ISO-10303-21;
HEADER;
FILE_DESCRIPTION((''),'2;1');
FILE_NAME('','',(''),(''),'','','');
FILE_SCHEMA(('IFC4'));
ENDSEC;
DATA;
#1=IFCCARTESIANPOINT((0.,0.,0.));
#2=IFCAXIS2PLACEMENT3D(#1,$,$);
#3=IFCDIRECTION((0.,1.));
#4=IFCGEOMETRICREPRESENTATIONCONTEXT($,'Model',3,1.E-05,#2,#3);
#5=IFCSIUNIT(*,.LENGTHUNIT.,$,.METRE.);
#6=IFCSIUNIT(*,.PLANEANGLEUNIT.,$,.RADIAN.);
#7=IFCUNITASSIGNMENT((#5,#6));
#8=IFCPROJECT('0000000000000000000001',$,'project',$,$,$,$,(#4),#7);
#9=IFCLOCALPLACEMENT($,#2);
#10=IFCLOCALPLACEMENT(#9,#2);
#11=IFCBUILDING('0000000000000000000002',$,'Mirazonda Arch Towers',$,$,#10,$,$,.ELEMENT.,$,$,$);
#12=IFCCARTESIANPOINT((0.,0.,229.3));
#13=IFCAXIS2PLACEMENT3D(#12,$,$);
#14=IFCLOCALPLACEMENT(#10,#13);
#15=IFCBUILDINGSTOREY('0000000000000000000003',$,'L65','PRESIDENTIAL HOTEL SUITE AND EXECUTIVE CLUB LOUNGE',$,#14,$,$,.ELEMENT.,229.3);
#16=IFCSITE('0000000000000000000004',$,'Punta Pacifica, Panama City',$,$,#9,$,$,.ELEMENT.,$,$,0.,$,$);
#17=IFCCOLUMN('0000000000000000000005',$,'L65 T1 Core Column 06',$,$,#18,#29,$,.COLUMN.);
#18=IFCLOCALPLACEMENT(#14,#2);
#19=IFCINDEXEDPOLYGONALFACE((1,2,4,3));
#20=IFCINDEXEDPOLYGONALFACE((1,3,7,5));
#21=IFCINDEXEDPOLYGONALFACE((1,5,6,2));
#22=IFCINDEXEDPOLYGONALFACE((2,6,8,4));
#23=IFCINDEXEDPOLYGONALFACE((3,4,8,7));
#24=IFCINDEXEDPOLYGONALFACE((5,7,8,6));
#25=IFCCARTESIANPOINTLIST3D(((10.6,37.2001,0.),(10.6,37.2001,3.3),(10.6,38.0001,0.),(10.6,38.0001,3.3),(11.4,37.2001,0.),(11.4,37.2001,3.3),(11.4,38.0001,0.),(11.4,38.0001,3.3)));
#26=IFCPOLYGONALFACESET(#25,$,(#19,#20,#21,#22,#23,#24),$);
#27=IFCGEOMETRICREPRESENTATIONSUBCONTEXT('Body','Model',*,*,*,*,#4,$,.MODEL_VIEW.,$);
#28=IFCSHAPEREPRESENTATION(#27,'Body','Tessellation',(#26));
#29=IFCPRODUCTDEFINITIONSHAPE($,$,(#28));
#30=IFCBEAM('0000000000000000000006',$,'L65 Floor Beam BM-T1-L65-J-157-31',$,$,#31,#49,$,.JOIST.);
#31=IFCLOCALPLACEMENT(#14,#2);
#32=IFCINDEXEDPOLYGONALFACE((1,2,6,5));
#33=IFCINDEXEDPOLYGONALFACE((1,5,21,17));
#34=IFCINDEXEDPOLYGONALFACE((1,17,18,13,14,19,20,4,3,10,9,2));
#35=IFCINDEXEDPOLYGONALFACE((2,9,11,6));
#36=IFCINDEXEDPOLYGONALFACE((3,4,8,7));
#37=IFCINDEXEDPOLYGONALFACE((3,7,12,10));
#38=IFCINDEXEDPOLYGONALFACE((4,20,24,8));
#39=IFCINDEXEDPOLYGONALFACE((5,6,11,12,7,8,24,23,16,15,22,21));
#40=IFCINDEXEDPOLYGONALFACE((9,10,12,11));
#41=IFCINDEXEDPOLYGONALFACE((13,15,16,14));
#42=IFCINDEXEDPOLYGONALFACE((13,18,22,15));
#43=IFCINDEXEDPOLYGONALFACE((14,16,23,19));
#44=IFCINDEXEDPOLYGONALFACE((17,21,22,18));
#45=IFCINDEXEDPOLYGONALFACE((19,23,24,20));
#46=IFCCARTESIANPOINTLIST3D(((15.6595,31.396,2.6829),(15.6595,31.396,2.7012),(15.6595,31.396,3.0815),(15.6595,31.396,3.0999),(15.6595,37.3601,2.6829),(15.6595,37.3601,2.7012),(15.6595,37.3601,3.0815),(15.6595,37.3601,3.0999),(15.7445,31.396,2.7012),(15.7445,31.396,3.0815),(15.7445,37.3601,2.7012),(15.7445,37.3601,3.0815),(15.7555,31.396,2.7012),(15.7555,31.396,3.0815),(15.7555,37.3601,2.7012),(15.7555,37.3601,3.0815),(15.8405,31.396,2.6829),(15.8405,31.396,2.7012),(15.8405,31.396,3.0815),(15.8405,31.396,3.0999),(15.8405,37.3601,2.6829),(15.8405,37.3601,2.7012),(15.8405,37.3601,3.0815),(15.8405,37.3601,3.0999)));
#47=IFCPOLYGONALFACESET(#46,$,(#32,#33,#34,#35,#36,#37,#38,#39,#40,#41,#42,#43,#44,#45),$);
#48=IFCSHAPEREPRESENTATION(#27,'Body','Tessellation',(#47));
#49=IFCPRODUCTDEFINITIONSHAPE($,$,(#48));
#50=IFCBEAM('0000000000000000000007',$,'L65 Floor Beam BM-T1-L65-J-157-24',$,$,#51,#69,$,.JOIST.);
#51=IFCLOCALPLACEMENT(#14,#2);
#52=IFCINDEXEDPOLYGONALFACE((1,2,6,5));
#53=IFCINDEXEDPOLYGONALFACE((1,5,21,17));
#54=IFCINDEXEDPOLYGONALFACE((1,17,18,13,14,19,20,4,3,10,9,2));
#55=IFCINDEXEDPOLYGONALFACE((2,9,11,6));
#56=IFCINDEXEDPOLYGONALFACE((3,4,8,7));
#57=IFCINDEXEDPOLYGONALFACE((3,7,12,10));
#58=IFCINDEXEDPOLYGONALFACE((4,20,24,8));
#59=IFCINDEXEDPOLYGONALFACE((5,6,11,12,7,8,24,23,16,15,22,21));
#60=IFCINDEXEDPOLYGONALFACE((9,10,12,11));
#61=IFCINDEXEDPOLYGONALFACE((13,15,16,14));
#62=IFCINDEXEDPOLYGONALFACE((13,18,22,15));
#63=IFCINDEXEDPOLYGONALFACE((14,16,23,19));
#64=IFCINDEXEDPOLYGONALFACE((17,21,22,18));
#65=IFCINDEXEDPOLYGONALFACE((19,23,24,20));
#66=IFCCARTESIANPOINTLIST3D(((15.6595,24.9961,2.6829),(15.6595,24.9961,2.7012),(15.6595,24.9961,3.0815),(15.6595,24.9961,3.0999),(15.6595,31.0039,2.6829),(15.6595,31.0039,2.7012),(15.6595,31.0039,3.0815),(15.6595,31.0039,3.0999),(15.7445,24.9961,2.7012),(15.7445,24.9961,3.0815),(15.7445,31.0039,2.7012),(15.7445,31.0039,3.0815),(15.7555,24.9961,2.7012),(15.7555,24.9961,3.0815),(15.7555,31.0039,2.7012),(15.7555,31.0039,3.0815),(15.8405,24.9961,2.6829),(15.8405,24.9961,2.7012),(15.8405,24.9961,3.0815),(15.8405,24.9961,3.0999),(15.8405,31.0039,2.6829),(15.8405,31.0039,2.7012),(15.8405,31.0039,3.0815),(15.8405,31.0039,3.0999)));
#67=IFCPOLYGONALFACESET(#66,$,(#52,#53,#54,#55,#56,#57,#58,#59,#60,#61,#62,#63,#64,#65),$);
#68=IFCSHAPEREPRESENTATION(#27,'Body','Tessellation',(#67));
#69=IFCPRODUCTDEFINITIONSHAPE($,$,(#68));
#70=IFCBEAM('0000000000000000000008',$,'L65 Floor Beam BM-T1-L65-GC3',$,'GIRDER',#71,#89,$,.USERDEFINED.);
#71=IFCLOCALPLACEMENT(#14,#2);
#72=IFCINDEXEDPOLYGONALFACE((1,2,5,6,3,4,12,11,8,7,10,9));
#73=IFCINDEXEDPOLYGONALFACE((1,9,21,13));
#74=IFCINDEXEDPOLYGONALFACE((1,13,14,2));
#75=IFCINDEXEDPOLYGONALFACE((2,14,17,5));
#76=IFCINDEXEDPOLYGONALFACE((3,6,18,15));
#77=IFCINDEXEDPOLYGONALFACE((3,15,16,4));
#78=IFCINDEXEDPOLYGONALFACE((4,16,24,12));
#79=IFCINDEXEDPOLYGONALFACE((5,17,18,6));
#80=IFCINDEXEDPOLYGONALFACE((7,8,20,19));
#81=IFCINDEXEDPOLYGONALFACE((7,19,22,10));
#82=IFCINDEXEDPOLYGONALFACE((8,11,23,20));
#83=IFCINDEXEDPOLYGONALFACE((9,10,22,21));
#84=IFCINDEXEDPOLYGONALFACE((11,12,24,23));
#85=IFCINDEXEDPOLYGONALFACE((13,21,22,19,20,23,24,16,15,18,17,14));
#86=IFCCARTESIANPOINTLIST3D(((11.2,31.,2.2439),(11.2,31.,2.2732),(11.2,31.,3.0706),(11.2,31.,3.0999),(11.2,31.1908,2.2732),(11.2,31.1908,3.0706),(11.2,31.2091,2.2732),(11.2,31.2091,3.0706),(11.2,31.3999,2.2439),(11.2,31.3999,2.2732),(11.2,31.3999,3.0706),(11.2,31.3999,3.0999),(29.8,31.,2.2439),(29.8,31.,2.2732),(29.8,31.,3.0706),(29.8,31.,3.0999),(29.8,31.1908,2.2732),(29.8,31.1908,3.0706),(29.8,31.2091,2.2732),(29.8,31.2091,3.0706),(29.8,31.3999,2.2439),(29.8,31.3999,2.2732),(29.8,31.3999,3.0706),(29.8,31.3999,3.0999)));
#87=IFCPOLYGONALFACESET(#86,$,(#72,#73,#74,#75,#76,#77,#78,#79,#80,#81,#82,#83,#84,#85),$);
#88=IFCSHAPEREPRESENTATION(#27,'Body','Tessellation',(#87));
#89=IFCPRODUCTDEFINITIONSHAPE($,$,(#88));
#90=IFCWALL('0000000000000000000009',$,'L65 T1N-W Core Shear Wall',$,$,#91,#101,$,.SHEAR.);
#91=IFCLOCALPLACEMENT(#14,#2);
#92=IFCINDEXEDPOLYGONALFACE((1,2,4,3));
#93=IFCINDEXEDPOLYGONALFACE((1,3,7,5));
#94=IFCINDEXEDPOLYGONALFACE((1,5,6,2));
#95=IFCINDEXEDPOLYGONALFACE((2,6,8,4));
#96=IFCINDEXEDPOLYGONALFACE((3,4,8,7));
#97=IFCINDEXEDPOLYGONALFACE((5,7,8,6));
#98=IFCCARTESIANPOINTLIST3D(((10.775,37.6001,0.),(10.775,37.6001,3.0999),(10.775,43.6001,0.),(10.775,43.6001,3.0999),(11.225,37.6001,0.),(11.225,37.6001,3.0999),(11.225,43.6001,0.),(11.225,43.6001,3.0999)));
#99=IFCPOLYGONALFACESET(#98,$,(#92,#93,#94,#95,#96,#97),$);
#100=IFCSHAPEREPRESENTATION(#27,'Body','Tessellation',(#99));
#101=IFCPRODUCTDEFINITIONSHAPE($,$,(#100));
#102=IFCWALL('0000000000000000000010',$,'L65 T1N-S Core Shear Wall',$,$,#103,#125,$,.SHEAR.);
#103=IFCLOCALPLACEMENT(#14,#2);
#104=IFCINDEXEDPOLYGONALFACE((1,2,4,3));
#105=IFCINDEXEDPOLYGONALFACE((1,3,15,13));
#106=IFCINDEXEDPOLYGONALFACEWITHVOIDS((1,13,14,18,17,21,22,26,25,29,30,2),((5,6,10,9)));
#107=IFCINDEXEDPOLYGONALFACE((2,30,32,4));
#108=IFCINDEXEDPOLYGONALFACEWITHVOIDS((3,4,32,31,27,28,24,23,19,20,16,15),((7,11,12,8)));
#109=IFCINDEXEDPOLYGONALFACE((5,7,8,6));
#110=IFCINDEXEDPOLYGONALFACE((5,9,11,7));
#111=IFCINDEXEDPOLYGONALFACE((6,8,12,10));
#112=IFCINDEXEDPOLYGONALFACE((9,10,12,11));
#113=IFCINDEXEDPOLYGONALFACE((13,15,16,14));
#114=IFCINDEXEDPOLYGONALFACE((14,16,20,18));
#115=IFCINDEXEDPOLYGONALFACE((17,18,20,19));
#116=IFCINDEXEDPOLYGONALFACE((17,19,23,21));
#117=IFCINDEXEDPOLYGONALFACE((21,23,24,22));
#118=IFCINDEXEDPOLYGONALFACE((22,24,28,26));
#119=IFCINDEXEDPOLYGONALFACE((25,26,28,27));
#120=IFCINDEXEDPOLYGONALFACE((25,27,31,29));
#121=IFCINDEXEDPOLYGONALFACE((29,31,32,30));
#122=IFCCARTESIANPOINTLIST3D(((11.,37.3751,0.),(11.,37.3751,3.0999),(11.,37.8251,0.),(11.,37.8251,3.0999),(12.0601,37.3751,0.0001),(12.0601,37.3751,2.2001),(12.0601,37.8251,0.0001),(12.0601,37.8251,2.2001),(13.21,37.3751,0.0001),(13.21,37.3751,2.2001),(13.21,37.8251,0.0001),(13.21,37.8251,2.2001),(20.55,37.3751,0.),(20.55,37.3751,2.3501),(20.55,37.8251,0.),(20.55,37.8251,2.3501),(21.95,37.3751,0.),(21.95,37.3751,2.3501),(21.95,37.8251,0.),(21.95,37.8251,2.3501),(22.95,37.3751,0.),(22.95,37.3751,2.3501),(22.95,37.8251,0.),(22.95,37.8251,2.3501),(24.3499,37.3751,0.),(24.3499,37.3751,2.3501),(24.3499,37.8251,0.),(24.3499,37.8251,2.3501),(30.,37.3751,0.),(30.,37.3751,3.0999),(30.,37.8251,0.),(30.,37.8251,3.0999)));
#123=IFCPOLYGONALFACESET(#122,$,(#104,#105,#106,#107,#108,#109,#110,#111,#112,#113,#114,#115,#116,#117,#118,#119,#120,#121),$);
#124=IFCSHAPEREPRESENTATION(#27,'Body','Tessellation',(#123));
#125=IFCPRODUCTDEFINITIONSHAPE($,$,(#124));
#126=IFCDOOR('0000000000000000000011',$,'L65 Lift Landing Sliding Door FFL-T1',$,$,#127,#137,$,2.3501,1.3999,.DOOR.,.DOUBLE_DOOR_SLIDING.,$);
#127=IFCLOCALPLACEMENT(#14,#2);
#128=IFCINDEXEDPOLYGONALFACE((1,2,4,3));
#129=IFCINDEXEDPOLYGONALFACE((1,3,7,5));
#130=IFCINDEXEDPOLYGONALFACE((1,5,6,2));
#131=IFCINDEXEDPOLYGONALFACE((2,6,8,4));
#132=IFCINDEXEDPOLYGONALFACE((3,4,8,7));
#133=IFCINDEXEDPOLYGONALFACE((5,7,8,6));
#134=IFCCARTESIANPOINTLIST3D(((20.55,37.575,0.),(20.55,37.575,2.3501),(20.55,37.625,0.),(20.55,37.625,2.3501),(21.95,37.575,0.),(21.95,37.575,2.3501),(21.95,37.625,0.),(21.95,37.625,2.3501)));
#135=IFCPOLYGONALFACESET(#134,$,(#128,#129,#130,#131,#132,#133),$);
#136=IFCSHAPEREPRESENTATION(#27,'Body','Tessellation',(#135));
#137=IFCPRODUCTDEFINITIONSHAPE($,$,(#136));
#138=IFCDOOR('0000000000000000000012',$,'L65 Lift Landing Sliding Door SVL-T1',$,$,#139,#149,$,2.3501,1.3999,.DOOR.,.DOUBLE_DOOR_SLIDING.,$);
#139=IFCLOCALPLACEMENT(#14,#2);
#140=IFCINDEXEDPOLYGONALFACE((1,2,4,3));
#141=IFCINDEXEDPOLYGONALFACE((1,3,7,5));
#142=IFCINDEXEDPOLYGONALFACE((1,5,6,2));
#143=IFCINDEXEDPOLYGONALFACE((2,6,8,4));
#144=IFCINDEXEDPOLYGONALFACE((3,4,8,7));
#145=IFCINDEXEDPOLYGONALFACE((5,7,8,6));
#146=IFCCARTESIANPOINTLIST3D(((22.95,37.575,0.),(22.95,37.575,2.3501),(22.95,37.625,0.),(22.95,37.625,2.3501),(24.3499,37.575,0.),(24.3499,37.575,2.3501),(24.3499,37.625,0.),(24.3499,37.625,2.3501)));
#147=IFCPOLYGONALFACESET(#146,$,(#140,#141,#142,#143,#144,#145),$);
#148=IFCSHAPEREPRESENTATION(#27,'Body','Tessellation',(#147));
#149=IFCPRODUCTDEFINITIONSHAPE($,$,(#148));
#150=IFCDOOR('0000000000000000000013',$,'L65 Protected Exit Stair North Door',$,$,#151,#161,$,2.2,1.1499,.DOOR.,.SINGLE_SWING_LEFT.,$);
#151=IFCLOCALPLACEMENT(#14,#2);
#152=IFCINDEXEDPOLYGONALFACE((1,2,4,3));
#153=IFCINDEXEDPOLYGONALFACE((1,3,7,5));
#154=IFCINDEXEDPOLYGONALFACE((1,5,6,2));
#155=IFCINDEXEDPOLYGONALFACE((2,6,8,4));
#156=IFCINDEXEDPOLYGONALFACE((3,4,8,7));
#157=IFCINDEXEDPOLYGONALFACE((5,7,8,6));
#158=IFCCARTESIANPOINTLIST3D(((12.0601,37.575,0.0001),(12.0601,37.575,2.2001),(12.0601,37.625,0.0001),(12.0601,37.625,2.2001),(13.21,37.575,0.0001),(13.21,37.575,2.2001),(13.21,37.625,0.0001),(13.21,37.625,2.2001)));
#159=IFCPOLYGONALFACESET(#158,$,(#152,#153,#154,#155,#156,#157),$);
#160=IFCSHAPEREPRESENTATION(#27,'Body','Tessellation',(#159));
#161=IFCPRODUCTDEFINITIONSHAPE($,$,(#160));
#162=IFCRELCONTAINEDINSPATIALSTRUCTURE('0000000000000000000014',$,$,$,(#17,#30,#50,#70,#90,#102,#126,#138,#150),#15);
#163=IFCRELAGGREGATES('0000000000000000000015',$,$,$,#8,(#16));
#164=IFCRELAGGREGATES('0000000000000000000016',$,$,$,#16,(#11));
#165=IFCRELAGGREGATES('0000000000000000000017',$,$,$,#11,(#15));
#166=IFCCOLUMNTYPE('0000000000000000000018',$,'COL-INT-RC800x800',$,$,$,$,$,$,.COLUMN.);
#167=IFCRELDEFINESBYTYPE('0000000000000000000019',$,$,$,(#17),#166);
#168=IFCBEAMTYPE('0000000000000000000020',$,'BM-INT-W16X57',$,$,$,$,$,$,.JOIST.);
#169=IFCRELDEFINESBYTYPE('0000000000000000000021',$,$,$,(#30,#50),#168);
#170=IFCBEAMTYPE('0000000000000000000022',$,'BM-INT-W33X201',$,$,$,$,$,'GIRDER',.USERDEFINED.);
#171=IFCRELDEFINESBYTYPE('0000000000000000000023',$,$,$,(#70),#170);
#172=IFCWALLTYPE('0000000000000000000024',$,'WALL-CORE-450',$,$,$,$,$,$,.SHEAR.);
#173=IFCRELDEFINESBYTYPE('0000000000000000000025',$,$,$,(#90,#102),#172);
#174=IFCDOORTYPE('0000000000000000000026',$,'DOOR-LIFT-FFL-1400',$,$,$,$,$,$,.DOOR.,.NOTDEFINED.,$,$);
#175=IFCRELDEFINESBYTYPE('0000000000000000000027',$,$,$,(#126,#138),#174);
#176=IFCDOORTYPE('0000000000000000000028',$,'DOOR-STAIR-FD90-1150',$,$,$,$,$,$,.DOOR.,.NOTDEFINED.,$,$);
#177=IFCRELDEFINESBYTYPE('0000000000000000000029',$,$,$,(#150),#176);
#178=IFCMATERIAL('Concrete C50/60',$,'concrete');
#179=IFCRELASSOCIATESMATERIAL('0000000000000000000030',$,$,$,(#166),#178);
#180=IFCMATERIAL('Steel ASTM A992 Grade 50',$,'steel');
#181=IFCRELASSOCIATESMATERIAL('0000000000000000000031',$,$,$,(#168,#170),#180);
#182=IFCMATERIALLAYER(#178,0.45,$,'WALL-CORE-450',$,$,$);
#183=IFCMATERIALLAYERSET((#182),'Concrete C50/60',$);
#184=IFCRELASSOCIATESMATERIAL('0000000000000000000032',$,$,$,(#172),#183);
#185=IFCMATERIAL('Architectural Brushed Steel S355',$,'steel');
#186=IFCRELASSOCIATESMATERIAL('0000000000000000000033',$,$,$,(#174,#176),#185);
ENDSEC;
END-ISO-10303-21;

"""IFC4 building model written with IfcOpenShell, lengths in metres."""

from ifc_helpers import new_model, si_unit, direction, frame, frame_2d, origin, origin_2d, place, context, subcontext, project, spatial, rectangle, i_section, extrude, material, layer, layer_set, material_profile, profile_set, type_object, element, fill, save


model = new_model("IFC4")

# Units and contexts
model_context = context("Model", 3, precision=1e-05, world=origin(), true_north=direction((0.0, 1.0)))
body_context = subcontext(model_context, "Body", "Model", "MODEL_VIEW")
ifc_project = project(units=[si_unit("LENGTHUNIT", "METRE"), si_unit("PLANEANGLEUNIT", "RADIAN")], contexts=[model_context])

# Site, building, storey
site_placement = place(None, origin())
site = spatial("IfcSite", under=ifc_project, at=site_placement, Name="Punta Pacifica, Panama City", CompositionType="ELEMENT", RefElevation=0.0)
building_placement = place(site_placement, origin())
building = spatial("IfcBuilding", under=site, at=building_placement, Name="Mirazonda Arch Towers", CompositionType="ELEMENT")
storey_placement = place(building_placement, frame((0.0, 0.0, 229.3)))
storey = spatial("IfcBuildingStorey", under=building, at=storey_placement, Name="L65", Description="PRESIDENTIAL HOTEL SUITE AND EXECUTIVE CLUB LOUNGE", CompositionType="ELEMENT", Elevation=229.3)

# Column
ifc_material_1 = material(Name="Concrete C50/60", Category="concrete")
ifc_material_profile_1 = material_profile(ifc_material_1, rectangle(XDim=0.8, YDim=0.8, at=origin_2d()), Name="RC800x800")
ifc_profile_set_1 = profile_set([ifc_material_profile_1], Name="Concrete C50/60")
column_type = type_object("IfcColumnType", Name="COL-INT-RC800x800", PredefinedType="COLUMN", material=ifc_profile_set_1)
column_placement = place(storey_placement, frame((11.0, 37.6001, 0.0), z_axis=(0.0, 0.0, 1.0), x_axis=(1.0, 0.0, 0.0)))
element("IfcColumn", 1, at=column_placement, inside=storey, type_object=column_type, Name="L65 T1 Core Column 06", PredefinedType="COLUMN", context=body_context, shape_type="SweptSolid", body=[
    extrude(rectangle(XDim=0.8, YDim=0.8, at=origin_2d()), origin(), (0.0, 0.0, 1.0), 3.3),
])

# Beams
ifc_material_2 = material(Name="Steel ASTM A992 Grade 50", Category="steel")
ifc_material_profile_2 = material_profile(ifc_material_2, i_section(OverallWidth=0.1809, OverallDepth=0.417, WebThickness=0.011, FlangeThickness=0.0183, at=origin_2d()), Name="W16X57")
ifc_profile_set_2 = profile_set([ifc_material_profile_2], Name="Steel ASTM A992 Grade 50")
beam_type_1 = type_object("IfcBeamType", Name="BM-INT-W16X57", PredefinedType="JOIST", material=ifc_profile_set_2)
beam_1_placement = place(storey_placement, frame((15.75, 31.396, 2.8914), z_axis=(0.0, 1.0, 0.0), x_axis=(-1.0, 0.0, 0.0)))
element("IfcBeam", 2, at=beam_1_placement, inside=storey, type_object=beam_type_1, Name="L65 Floor Beam BM-T1-L65-J-157-31", PredefinedType="JOIST", context=body_context, shape_type="SweptSolid", body=[
    extrude(i_section(OverallWidth=0.1809, OverallDepth=0.417, WebThickness=0.011, FlangeThickness=0.0183, at=origin_2d()), origin(), (0.0, 0.0, 1.0), 5.9641),
])
beam_2_placement = place(storey_placement, frame((15.75, 24.9961, 2.8914), z_axis=(0.0, 1.0, 0.0), x_axis=(-1.0, 0.0, 0.0)))
element("IfcBeam", 3, at=beam_2_placement, inside=storey, type_object=beam_type_1, Name="L65 Floor Beam BM-T1-L65-J-157-24", PredefinedType="JOIST", context=body_context, shape_type="SweptSolid", body=[
    extrude(i_section(OverallWidth=0.1809, OverallDepth=0.417, WebThickness=0.011, FlangeThickness=0.0183, at=origin_2d()), origin(), (0.0, 0.0, 1.0), 6.0078),
])
ifc_material_profile_3 = material_profile(ifc_material_2, i_section(OverallWidth=0.3999, OverallDepth=0.856, WebThickness=0.0183, FlangeThickness=0.0293, at=origin_2d()), Name="W33X201")
ifc_profile_set_3 = profile_set([ifc_material_profile_3], Name="Steel ASTM A992 Grade 50")
beam_type_2 = type_object("IfcBeamType", Name="BM-INT-W33X201", ElementType="GIRDER", PredefinedType="USERDEFINED", material=ifc_profile_set_3)
beam_3_placement = place(storey_placement, frame((11.2, 31.2, 2.6719), z_axis=(1.0, 0.0, 0.0), x_axis=(0.0, 1.0, 0.0)))
element("IfcBeam", 4, at=beam_3_placement, inside=storey, type_object=beam_type_2, Name="L65 Floor Beam BM-T1-L65-GC3", ObjectType="GIRDER", PredefinedType="USERDEFINED", context=body_context, shape_type="SweptSolid", body=[
    extrude(i_section(OverallWidth=0.3999, OverallDepth=0.856, WebThickness=0.0183, FlangeThickness=0.0293, at=origin_2d()), origin(), (0.0, 0.0, 1.0), 18.6001),
])

# Wall
ifc_layer_1 = layer(ifc_material_1, 0.45, Name="WALL-CORE-450")
ifc_layer_set_1 = layer_set([ifc_layer_1], Name="Concrete C50/60")
wall_type_1 = type_object("IfcWallType", Name="WALL-CORE-450", PredefinedType="SHEAR", material=ifc_layer_set_1)
wall_1_placement = place(storey_placement, frame((11.0, 37.6001, 0.0), z_axis=(0.0, 0.0, 1.0), x_axis=(0.0, 1.0, 0.0)))
element("IfcWall", 5, at=wall_1_placement, inside=storey, type_object=wall_type_1, Name="L65 T1N-W Core Shear Wall", PredefinedType="SHEAR", context=body_context, shape_type="SweptSolid", body=[
    extrude(rectangle(XDim=6.0, YDim=0.45, at=frame_2d((3.0, 0.0))), origin(), (0.0, 0.0, 1.0), 3.0999),
])

# Wall, openings, doors
wall_2_placement = place(storey_placement, frame((11.0, 37.6001, 0.0), z_axis=(0.0, 0.0, 1.0), x_axis=(1.0, 0.0, 0.0)))
wall_2 = element("IfcWall", 6, at=wall_2_placement, inside=storey, type_object=wall_type_1, Name="L65 T1N-S Core Shear Wall", PredefinedType="SHEAR", context=body_context, shape_type="SweptSolid", body=[
    extrude(rectangle(XDim=19.0, YDim=0.45, at=frame_2d((9.5, 0.0))), origin(), (0.0, 0.0, 1.0), 3.0999),
])
opening_1_placement = place(wall_2_placement, frame((1.0601, 0.0, 0.0)))
opening_1 = element("IfcOpeningElement", 7, at=opening_1_placement, cuts=wall_2, PredefinedType="OPENING", context=body_context, shape_type="SweptSolid", body=[
    extrude(rectangle(XDim=1.1499, YDim=2.2, at=frame_2d((0.575, 1.1001))), frame((0.0, 0.2349, 0.0), z_axis=(0.0, -1.0, 0.0), x_axis=(1.0, 0.0, 0.0)), (0.0, 0.0, 1.0), 0.47),
])
opening_2_placement = place(wall_2_placement, frame((9.55, 0.0, 0.0)))
opening_2 = element("IfcOpeningElement", 8, at=opening_2_placement, cuts=wall_2, PredefinedType="OPENING", context=body_context, shape_type="SweptSolid", body=[
    extrude(rectangle(XDim=1.3999, YDim=2.3501, at=frame_2d((0.7, 1.175))), frame((0.0, 0.2349, 0.0), z_axis=(0.0, -1.0, 0.0), x_axis=(1.0, 0.0, 0.0)), (0.0, 0.0, 1.0), 0.47),
])
opening_3_placement = place(wall_2_placement, frame((11.95, 0.0, 0.0)))
opening_3 = element("IfcOpeningElement", 9, at=opening_3_placement, cuts=wall_2, PredefinedType="OPENING", context=body_context, shape_type="SweptSolid", body=[
    extrude(rectangle(XDim=1.3999, YDim=2.3501, at=frame_2d((0.7, 1.175))), frame((0.0, 0.2349, 0.0), z_axis=(0.0, -1.0, 0.0), x_axis=(1.0, 0.0, 0.0)), (0.0, 0.0, 1.0), 0.47),
])
ifc_material_3 = material(Name="Architectural Brushed Steel S355", Category="steel")
door_type_1 = type_object("IfcDoorType", Name="DOOR-LIFT-FFL-1400", OperationType="NOTDEFINED", PredefinedType="DOOR", material=ifc_material_3)
door_1_placement = place(opening_2_placement, origin())
door_1 = element("IfcDoor", 10, at=door_1_placement, inside=storey, type_object=door_type_1, Name="L65 Lift Landing Sliding Door FFL-T1", OperationType="DOUBLE_DOOR_SLIDING", OverallHeight=2.3501, OverallWidth=1.3999, PredefinedType="DOOR", context=body_context, shape_type="SweptSolid", body=[
    extrude(rectangle(XDim=1.3999, YDim=2.3501, at=frame_2d((0.7, 1.175))), frame((0.0, 0.0249, 0.0), z_axis=(0.0, -1.0, 0.0), x_axis=(1.0, 0.0, 0.0)), (0.0, 0.0, 1.0), 0.05),
])
fill(opening_2, door_1)
door_2_placement = place(opening_3_placement, origin())
door_2 = element("IfcDoor", 11, at=door_2_placement, inside=storey, type_object=door_type_1, Name="L65 Lift Landing Sliding Door SVL-T1", OperationType="DOUBLE_DOOR_SLIDING", OverallHeight=2.3501, OverallWidth=1.3999, PredefinedType="DOOR", context=body_context, shape_type="SweptSolid", body=[
    extrude(rectangle(XDim=1.3999, YDim=2.3501, at=frame_2d((0.7, 1.175))), frame((0.0, 0.0249, 0.0), z_axis=(0.0, -1.0, 0.0), x_axis=(1.0, 0.0, 0.0)), (0.0, 0.0, 1.0), 0.05),
])
fill(opening_3, door_2)
door_type_2 = type_object("IfcDoorType", Name="DOOR-STAIR-FD90-1150", OperationType="NOTDEFINED", PredefinedType="DOOR", material=ifc_material_3)
door_3_placement = place(opening_1_placement, origin())
door_3 = element("IfcDoor", 12, at=door_3_placement, inside=storey, type_object=door_type_2, Name="L65 Protected Exit Stair North Door", OperationType="SINGLE_SWING_LEFT", OverallHeight=2.2, OverallWidth=1.1499, PredefinedType="DOOR", context=body_context, shape_type="SweptSolid", body=[
    extrude(rectangle(XDim=1.1499, YDim=2.2, at=frame_2d((0.575, 1.1001))), frame((0.0, 0.0249, 0.0), z_axis=(0.0, -1.0, 0.0), x_axis=(1.0, 0.0, 0.0)), (0.0, 0.0, 1.0), 0.05),
])
fill(opening_1, door_3)

save(model, "model.ifc")
